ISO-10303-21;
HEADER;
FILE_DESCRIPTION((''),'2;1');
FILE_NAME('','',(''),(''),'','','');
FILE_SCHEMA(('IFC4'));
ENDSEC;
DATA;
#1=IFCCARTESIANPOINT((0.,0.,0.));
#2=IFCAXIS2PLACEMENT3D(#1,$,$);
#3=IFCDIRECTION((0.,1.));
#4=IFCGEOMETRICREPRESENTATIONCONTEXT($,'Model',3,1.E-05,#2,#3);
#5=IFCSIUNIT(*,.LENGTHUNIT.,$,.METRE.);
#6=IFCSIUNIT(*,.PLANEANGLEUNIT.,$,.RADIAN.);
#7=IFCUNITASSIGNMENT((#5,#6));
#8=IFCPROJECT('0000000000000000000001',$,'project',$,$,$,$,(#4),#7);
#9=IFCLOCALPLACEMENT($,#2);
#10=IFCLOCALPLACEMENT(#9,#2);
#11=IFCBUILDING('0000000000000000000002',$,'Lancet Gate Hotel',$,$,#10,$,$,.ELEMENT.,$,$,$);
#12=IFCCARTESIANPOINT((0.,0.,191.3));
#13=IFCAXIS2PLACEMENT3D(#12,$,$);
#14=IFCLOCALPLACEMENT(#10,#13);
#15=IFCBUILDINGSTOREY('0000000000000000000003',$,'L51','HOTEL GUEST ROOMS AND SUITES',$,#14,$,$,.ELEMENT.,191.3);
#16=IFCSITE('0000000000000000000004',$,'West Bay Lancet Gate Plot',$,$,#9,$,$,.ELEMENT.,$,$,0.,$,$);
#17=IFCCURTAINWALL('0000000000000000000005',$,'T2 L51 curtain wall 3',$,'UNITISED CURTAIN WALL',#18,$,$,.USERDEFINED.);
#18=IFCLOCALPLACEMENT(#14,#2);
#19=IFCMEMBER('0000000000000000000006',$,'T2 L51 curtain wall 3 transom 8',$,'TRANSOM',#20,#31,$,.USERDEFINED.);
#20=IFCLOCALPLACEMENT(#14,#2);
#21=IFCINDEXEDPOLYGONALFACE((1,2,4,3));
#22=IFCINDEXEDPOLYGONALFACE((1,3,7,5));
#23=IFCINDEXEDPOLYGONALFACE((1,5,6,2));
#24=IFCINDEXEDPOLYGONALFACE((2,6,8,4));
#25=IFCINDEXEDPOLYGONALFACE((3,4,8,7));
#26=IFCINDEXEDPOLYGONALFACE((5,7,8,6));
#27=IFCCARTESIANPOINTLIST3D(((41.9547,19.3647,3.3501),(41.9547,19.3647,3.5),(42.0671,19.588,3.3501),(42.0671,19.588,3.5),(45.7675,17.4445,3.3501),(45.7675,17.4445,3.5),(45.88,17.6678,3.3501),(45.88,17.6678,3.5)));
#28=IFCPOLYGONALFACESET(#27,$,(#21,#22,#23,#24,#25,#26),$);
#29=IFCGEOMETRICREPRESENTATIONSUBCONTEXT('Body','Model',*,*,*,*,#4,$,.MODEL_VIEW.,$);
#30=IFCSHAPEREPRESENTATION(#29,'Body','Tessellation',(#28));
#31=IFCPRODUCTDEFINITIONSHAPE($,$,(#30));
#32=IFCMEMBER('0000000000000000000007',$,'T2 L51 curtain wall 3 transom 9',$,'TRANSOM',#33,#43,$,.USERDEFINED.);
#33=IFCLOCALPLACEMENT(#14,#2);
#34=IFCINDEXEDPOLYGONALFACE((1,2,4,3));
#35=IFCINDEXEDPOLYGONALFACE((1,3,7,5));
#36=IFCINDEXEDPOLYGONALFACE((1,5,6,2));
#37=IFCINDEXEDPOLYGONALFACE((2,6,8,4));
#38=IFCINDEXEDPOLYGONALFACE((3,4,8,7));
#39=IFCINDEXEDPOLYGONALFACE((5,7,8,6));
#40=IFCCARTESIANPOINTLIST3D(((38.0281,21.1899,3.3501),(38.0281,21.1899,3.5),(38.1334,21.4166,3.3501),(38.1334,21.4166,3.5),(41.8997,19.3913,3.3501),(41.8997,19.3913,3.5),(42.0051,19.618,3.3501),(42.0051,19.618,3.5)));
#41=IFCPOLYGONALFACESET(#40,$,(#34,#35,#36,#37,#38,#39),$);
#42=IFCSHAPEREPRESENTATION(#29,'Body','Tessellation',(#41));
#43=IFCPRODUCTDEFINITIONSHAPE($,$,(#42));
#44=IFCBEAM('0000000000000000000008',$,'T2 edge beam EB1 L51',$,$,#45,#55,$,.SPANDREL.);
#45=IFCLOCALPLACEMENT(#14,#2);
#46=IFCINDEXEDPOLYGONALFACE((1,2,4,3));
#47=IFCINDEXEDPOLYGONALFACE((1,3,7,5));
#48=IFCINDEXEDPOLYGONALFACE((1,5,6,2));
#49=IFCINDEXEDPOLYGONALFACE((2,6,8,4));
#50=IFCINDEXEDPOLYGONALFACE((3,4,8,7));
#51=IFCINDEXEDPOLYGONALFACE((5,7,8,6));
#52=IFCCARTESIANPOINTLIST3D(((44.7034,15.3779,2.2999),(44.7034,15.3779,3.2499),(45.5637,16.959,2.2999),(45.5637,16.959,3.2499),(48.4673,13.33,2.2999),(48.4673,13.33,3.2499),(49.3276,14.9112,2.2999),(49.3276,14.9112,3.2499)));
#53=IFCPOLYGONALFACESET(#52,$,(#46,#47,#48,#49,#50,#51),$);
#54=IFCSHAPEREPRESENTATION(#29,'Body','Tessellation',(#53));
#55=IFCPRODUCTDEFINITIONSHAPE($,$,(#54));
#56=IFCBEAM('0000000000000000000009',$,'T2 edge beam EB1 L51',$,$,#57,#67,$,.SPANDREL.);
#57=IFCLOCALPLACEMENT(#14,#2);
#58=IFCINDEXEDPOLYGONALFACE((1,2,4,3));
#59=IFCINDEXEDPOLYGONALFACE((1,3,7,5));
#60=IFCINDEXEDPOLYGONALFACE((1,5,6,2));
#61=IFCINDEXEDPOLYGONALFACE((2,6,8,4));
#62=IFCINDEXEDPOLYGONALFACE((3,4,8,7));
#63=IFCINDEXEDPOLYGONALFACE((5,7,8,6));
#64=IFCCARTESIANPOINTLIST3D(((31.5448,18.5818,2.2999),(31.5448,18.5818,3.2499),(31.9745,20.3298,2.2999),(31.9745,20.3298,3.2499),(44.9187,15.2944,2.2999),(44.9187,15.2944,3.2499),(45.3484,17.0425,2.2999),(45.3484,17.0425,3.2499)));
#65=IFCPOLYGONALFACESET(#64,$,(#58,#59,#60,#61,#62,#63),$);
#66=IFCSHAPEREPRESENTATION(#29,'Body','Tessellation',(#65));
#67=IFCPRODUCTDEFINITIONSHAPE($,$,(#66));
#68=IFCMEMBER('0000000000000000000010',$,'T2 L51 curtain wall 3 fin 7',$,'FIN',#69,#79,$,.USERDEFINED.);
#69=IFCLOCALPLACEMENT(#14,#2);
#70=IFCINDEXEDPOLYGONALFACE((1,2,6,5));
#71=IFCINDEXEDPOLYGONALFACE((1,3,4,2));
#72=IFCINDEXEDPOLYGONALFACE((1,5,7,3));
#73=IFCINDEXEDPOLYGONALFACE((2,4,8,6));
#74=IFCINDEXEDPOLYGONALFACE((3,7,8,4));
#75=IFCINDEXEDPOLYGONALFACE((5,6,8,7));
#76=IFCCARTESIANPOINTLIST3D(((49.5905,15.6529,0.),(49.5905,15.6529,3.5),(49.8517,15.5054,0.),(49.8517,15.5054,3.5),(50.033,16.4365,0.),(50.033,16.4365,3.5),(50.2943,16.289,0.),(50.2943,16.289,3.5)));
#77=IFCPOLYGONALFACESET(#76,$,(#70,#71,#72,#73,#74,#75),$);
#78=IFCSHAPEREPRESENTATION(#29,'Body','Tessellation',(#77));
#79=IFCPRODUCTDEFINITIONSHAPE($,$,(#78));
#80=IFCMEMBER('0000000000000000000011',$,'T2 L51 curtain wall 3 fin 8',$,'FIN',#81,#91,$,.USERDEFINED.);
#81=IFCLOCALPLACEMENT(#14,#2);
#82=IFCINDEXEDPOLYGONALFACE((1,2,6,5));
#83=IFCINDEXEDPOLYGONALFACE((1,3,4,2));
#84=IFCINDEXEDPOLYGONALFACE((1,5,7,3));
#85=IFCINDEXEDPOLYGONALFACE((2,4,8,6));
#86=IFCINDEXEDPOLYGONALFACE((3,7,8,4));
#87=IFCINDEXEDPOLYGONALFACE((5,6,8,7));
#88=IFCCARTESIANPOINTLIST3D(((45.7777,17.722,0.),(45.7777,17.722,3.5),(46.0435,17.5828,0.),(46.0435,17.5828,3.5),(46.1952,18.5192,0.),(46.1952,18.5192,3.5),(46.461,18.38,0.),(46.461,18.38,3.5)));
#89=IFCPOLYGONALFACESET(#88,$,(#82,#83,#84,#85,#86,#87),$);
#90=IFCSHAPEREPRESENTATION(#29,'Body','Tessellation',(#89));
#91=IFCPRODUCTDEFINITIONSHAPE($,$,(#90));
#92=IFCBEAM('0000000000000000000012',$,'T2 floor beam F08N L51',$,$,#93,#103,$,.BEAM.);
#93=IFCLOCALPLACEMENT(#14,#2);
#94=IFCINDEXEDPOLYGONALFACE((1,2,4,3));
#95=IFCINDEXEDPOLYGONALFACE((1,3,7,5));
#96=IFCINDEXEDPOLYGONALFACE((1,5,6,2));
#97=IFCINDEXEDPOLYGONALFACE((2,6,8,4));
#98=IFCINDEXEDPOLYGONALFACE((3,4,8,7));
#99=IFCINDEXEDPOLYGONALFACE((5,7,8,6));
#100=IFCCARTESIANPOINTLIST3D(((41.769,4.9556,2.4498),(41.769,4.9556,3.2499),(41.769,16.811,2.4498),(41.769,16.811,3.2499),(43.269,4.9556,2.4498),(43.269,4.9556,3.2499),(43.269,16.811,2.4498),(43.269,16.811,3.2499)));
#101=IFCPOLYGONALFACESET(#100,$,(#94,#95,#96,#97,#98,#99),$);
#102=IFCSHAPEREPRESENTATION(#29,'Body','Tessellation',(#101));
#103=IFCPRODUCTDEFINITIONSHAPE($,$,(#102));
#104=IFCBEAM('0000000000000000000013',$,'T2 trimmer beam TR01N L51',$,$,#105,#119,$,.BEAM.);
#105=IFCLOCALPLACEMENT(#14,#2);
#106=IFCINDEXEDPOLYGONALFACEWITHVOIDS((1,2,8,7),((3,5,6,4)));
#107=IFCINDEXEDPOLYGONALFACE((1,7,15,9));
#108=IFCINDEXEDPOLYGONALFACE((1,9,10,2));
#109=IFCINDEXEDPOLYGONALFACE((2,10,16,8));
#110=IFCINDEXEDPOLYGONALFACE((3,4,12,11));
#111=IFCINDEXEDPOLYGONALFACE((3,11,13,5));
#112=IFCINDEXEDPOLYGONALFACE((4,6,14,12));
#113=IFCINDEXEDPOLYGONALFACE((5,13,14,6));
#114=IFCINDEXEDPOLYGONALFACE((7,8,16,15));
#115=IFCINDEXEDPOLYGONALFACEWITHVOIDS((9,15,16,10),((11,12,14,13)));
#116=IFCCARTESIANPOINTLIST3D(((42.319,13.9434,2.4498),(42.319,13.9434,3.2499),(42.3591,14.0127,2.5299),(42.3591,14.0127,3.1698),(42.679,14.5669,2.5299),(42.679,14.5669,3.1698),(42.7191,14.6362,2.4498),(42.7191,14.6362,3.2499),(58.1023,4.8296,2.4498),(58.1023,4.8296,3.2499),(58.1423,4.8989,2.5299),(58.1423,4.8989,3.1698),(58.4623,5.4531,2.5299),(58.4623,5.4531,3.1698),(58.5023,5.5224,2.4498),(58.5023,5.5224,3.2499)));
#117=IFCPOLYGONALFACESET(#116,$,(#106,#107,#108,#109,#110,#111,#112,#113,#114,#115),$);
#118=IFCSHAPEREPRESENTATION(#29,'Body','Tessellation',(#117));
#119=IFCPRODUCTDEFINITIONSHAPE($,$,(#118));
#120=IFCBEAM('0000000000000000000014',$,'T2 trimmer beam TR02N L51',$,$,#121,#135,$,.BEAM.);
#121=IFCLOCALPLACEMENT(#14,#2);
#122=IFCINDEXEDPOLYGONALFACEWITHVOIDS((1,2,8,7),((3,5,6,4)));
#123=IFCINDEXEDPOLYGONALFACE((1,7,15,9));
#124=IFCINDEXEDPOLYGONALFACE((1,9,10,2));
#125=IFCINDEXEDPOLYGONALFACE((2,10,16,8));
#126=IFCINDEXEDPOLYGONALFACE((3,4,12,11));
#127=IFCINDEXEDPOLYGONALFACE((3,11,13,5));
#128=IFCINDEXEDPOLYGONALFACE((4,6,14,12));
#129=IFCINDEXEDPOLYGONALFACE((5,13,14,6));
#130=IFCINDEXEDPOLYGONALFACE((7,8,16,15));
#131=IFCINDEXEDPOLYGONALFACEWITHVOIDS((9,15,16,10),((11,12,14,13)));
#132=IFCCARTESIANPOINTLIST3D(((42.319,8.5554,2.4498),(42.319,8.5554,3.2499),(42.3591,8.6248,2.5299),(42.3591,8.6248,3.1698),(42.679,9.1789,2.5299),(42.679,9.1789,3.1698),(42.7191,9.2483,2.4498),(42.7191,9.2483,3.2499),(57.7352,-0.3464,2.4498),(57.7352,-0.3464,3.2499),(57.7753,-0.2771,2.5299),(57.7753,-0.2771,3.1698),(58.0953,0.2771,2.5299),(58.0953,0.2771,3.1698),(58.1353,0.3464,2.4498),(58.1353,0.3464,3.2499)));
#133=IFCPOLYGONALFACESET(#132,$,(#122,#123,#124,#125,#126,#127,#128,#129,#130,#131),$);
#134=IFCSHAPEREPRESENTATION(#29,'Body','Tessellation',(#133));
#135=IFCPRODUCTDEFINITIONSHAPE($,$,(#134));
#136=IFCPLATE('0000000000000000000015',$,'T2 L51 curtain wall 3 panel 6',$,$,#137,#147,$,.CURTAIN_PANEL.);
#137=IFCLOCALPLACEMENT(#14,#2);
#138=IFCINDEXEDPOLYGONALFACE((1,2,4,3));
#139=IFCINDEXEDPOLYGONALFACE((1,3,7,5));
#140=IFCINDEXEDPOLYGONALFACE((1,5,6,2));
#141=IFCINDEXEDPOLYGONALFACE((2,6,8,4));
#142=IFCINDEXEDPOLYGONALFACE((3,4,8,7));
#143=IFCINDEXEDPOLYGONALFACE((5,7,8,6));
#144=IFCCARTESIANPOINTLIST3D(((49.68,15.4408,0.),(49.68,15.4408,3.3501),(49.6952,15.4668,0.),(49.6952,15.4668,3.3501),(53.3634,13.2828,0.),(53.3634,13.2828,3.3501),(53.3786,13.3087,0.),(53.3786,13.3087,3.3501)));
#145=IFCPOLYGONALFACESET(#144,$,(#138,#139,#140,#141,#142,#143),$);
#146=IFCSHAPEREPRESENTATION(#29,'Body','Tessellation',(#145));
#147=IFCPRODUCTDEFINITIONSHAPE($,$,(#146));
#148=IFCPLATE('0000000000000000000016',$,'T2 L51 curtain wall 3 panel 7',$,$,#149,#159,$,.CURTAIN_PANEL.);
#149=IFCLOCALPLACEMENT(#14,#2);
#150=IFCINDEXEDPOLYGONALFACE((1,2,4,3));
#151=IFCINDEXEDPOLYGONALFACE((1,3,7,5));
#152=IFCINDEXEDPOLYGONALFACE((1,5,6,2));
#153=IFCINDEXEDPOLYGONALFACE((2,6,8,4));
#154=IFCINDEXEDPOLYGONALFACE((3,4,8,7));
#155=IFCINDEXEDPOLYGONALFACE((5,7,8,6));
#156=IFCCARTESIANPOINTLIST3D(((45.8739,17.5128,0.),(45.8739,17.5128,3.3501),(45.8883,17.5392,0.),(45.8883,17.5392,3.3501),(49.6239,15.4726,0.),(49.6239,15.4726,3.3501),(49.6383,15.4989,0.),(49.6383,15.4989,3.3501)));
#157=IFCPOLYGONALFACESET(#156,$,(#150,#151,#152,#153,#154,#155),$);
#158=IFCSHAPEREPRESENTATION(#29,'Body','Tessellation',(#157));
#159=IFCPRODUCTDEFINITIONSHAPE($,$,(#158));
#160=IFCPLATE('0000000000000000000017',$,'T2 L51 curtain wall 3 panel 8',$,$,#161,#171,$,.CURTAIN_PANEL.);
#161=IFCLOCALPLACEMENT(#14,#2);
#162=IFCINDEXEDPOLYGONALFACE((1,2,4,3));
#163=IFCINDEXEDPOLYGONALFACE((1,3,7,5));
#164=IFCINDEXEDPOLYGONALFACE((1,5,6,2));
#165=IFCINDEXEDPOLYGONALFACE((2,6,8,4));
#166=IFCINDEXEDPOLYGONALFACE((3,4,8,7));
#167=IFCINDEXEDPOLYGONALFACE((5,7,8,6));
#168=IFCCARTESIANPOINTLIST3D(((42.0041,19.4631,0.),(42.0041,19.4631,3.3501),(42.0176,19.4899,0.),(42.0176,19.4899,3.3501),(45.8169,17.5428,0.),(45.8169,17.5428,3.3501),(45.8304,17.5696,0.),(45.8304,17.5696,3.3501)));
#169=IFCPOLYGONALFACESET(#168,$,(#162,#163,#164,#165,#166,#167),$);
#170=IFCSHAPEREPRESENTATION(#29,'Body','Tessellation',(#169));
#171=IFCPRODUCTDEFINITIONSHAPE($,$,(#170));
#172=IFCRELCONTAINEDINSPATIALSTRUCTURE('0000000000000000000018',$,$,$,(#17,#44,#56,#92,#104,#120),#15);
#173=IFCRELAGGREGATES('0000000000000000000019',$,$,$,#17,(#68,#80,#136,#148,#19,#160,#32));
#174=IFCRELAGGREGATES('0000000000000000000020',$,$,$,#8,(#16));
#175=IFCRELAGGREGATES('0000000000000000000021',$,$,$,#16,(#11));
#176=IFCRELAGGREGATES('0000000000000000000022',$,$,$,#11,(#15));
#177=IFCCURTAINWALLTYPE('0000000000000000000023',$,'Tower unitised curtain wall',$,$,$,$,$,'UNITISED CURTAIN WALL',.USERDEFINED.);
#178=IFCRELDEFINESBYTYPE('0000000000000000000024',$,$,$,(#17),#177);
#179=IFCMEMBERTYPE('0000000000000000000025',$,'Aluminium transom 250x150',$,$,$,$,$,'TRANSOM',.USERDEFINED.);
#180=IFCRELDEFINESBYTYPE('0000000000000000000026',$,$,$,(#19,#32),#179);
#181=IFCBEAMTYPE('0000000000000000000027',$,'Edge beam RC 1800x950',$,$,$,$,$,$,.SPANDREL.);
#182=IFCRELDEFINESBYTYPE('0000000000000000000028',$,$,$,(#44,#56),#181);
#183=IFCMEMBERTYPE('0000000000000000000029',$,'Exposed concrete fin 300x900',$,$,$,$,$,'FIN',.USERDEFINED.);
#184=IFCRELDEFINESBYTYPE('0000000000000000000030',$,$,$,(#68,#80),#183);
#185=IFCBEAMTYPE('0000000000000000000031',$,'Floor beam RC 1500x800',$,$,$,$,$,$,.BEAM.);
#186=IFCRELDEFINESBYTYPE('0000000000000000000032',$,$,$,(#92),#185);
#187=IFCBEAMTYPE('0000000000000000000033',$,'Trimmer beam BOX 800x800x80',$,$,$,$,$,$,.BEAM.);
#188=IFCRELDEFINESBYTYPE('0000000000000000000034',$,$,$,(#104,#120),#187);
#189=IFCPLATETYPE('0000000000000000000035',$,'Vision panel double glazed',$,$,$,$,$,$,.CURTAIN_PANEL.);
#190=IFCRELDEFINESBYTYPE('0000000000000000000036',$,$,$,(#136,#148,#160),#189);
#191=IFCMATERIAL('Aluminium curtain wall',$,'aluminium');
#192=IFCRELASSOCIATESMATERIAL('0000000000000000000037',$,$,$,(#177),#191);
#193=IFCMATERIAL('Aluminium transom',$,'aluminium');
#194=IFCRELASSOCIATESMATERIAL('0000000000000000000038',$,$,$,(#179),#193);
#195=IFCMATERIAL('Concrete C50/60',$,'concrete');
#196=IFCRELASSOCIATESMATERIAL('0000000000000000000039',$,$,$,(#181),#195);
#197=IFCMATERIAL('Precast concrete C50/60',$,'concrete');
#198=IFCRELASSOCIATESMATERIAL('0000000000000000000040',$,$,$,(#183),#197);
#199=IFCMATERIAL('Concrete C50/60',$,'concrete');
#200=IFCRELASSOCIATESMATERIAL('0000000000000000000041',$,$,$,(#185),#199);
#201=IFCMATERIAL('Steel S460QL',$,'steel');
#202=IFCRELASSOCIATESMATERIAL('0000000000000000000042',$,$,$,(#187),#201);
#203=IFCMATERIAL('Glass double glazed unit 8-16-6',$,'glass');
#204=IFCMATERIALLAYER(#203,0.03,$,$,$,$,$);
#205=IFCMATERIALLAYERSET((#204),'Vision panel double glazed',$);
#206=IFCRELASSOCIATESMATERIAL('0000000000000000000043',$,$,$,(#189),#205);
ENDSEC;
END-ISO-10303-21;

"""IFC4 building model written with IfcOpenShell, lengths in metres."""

from ifc_helpers import new_model, si_unit, direction, frame, origin, origin_2d, place, context, subcontext, project, spatial, rectangle, hollow_rectangle, extrude, material, layer, layer_set, material_profile, profile_set, type_object, element, aggregate, save


model = new_model("IFC4")

# Units and contexts
model_context = context("Model", 3, precision=1e-05, world=origin(), true_north=direction((0.0, 1.0)))
body_context = subcontext(model_context, "Body", "Model", "MODEL_VIEW")
ifc_project = project(units=[si_unit("LENGTHUNIT", "METRE"), si_unit("PLANEANGLEUNIT", "RADIAN")], contexts=[model_context])

# Site, building, storey
site_placement = place(None, origin())
site = spatial("IfcSite", under=ifc_project, at=site_placement, Name="West Bay Lancet Gate Plot", CompositionType="ELEMENT", RefElevation=0.0)
building_placement = place(site_placement, origin())
building = spatial("IfcBuilding", under=site, at=building_placement, Name="Lancet Gate Hotel", CompositionType="ELEMENT")
storey_placement = place(building_placement, frame((0.0, 0.0, 191.3)))
storey = spatial("IfcBuildingStorey", under=building, at=storey_placement, Name="L51", Description="HOTEL GUEST ROOMS AND SUITES", CompositionType="ELEMENT", Elevation=191.3)

# Curtain wall, members
ifc_material_1 = material(Name="Aluminium curtain wall", Category="aluminium")
curtain_wall_type = type_object("IfcCurtainWallType", Name="Tower unitised curtain wall", ElementType="UNITISED CURTAIN WALL", PredefinedType="USERDEFINED", material=ifc_material_1)
curtain_wall_placement = place(storey_placement, origin())
curtain_wall = element("IfcCurtainWall", 1, at=curtain_wall_placement, inside=storey, type_object=curtain_wall_type, Name="T2 L51 curtain wall 3", ObjectType="UNITISED CURTAIN WALL", PredefinedType="USERDEFINED")
ifc_material_2 = material(Name="Aluminium transom", Category="aluminium")
ifc_material_profile_1 = material_profile(ifc_material_2, rectangle(XDim=0.25, YDim=0.1499, at=origin_2d()), Name="TRANSOM 250x150")
ifc_profile_set_1 = profile_set([ifc_material_profile_1], Name="Aluminium transom")
member_type_1 = type_object("IfcMemberType", Name="Aluminium transom 250x150", ElementType="TRANSOM", PredefinedType="USERDEFINED", material=ifc_profile_set_1)
member_1_placement = place(storey_placement, frame((45.8237, 17.5562, 3.425), z_axis=(-0.893131, 0.449797, 0.0), x_axis=(-0.449797, -0.893131, 0.0)))
member_1 = element("IfcMember", 2, at=member_1_placement, type_object=member_type_1, Name="T2 L51 curtain wall 3 transom 8", ObjectType="TRANSOM", PredefinedType="USERDEFINED", context=body_context, shape_type="SweptSolid", body=[
    extrude(rectangle(XDim=0.25, YDim=0.1499, at=origin_2d()), origin(), (0.0, 0.0, 1.0), 4.269),
])
member_2_placement = place(storey_placement, frame((41.9524, 19.5046, 3.425), z_axis=(-0.906914, 0.421316, 0.0), x_axis=(-0.421316, -0.906914, 0.0)))
member_2 = element("IfcMember", 3, at=member_2_placement, type_object=member_type_1, Name="T2 L51 curtain wall 3 transom 9", ObjectType="TRANSOM", PredefinedType="USERDEFINED", context=body_context, shape_type="SweptSolid", body=[
    extrude(rectangle(XDim=0.25, YDim=0.1499, at=origin_2d()), origin(), (0.0, 0.0, 1.0), 4.269),
])

# Beams
ifc_material_3 = material(Name="Concrete C50/60", Category="concrete")
ifc_material_profile_2 = material_profile(ifc_material_3, rectangle(XDim=1.8, YDim=0.95, at=origin_2d()), Name="RC 1800x950")
ifc_profile_set_2 = profile_set([ifc_material_profile_2], Name="Concrete C50/60")
beam_type_1 = type_object("IfcBeamType", Name="Edge beam RC 1800x950", PredefinedType="SPANDREL", material=ifc_profile_set_2)
beam_1_placement = place(storey_placement, frame((48.8975, 14.1206, 2.7749), z_axis=(-0.878405, 0.477918, 0.0), x_axis=(-0.477918, -0.878405, 0.0)))
element("IfcBeam", 4, at=beam_1_placement, inside=storey, type_object=beam_type_1, Name="T2 edge beam EB1 L51", PredefinedType="SPANDREL", context=body_context, shape_type="SweptSolid", body=[
    extrude(rectangle(XDim=1.8, YDim=0.95, at=origin_2d()), origin(), (0.0, 0.0, 1.0), 4.2849),
])
beam_2_placement = place(storey_placement, frame((45.1335, 16.1685, 2.7749), z_axis=(-0.971093, 0.2387, 0.0), x_axis=(-0.2387, -0.971093, 0.0)))
element("IfcBeam", 5, at=beam_2_placement, inside=storey, type_object=beam_type_1, Name="T2 edge beam EB1 L51", PredefinedType="SPANDREL", context=body_context, shape_type="SweptSolid", body=[
    extrude(rectangle(XDim=1.8, YDim=0.95, at=origin_2d()), origin(), (0.0, 0.0, 1.0), 13.772),
])

# Members
ifc_material_4 = material(Name="Precast concrete C50/60", Category="concrete")
ifc_material_profile_3 = material_profile(ifc_material_4, rectangle(XDim=0.3, YDim=0.8999, at=origin_2d()), Name="FIN 300x900")
ifc_profile_set_3 = profile_set([ifc_material_profile_3], Name="Precast concrete C50/60")
member_type_2 = type_object("IfcMemberType", Name="Exposed concrete fin 300x900", ElementType="FIN", PredefinedType="USERDEFINED", material=ifc_profile_set_3)
member_3_placement = place(storey_placement, frame((49.9424, 15.9709, 0.0), z_axis=(0.0, 0.0, 1.0), x_axis=(-0.870722, 0.491776, 0.0)))
member_3 = element("IfcMember", 6, at=member_3_placement, type_object=member_type_2, Name="T2 L51 curtain wall 3 fin 7", ObjectType="FIN", PredefinedType="USERDEFINED", context=body_context, shape_type="SweptSolid", body=[
    extrude(rectangle(XDim=0.3, YDim=0.8999, at=origin_2d()), origin(), (0.0, 0.0, 1.0), 3.5),
])
member_4_placement = place(storey_placement, frame((46.1194, 18.051, 0.0), z_axis=(0.0, 0.0, 1.0), x_axis=(-0.885877, 0.46392, 0.0)))
member_4 = element("IfcMember", 7, at=member_4_placement, type_object=member_type_2, Name="T2 L51 curtain wall 3 fin 8", ObjectType="FIN", PredefinedType="USERDEFINED", context=body_context, shape_type="SweptSolid", body=[
    extrude(rectangle(XDim=0.3, YDim=0.8999, at=origin_2d()), origin(), (0.0, 0.0, 1.0), 3.5),
])

# Beams
ifc_material_5 = material(Name="Concrete C50/60", Category="concrete")
ifc_material_profile_4 = material_profile(ifc_material_5, rectangle(XDim=1.5, YDim=0.8, at=origin_2d()), Name="RC 1500x800")
ifc_profile_set_4 = profile_set([ifc_material_profile_4], Name="Concrete C50/60")
beam_type_2 = type_object("IfcBeamType", Name="Floor beam RC 1500x800", PredefinedType="BEAM", material=ifc_profile_set_4)
beam_3_placement = place(storey_placement, frame((42.519, 4.9556, 2.8499), z_axis=(0.0, 1.0, 0.0), x_axis=(-1.0, 0.0, 0.0)))
element("IfcBeam", 8, at=beam_3_placement, inside=storey, type_object=beam_type_2, Name="T2 floor beam F08N L51", PredefinedType="BEAM", context=body_context, shape_type="SweptSolid", body=[
    extrude(rectangle(XDim=1.5, YDim=0.8, at=origin_2d()), origin(), (0.0, 0.0, 1.0), 11.8555),
])
ifc_material_6 = material(Name="Steel S460QL", Category="steel")
ifc_material_profile_5 = material_profile(ifc_material_6, hollow_rectangle(XDim=0.8, YDim=0.8, WallThickness=0.0801, at=origin_2d()), Name="BOX 800x800x80")
ifc_profile_set_5 = profile_set([ifc_material_profile_5], Name="Steel S460QL")
beam_type_3 = type_object("IfcBeamType", Name="Trimmer beam BOX 800x800x80", PredefinedType="BEAM", material=ifc_profile_set_5)
beam_4_placement = place(storey_placement, frame((42.519, 14.2898, 2.8499), z_axis=(0.865994, -0.500055, 0.0), x_axis=(0.500055, 0.865994, 0.0)))
element("IfcBeam", 9, at=beam_4_placement, inside=storey, type_object=beam_type_3, Name="T2 trimmer beam TR01N L51", PredefinedType="BEAM", context=body_context, shape_type="SweptSolid", body=[
    extrude(hollow_rectangle(XDim=0.8, YDim=0.8, WallThickness=0.0801, at=origin_2d()), origin(), (0.0, 0.0, 1.0), 18.2256),
])
beam_5_placement = place(storey_placement, frame((42.519, 8.9019, 2.8499), z_axis=(0.865994, -0.500054, 0.0), x_axis=(0.500054, 0.865994, 0.0)))
element("IfcBeam", 10, at=beam_5_placement, inside=storey, type_object=beam_type_3, Name="T2 trimmer beam TR02N L51", PredefinedType="BEAM", context=body_context, shape_type="SweptSolid", body=[
    extrude(hollow_rectangle(XDim=0.8, YDim=0.8, WallThickness=0.0801, at=origin_2d()), origin(), (0.0, 0.0, 1.0), 17.8018),
])

# Plates
ifc_material_7 = material(Name="Glass double glazed unit 8-16-6", Category="glass")
ifc_layer_1 = layer(ifc_material_7, 0.03)
ifc_layer_set_1 = layer_set([ifc_layer_1], Name="Vision panel double glazed")
plate_type = type_object("IfcPlateType", Name="Vision panel double glazed", PredefinedType="CURTAIN_PANEL", material=ifc_layer_set_1)
plate_1_placement = place(storey_placement, frame((51.5293, 14.3748, 0.0), z_axis=(0.0, 0.0, 1.0), x_axis=(-0.862815, 0.50552, 0.0)))
plate_1 = element("IfcPlate", 11, at=plate_1_placement, type_object=plate_type, Name="T2 L51 curtain wall 3 panel 6", PredefinedType="CURTAIN_PANEL", context=body_context, shape_type="SweptSolid", body=[
    extrude(rectangle(XDim=4.269, YDim=0.03, at=origin_2d()), origin(), (0.0, 0.0, 1.0), 3.3501),
])
plate_2_placement = place(storey_placement, frame((47.7561, 16.5059, 0.0), z_axis=(0.0, 0.0, 1.0), x_axis=(-0.87841, 0.477908, 0.0)))
plate_2 = element("IfcPlate", 12, at=plate_2_placement, type_object=plate_type, Name="T2 L51 curtain wall 3 panel 7", PredefinedType="CURTAIN_PANEL", context=body_context, shape_type="SweptSolid", body=[
    extrude(rectangle(XDim=4.269, YDim=0.03, at=origin_2d()), origin(), (0.0, 0.0, 1.0), 3.3501),
])
plate_3_placement = place(storey_placement, frame((43.9172, 18.5164, 0.0), z_axis=(0.0, 0.0, 1.0), x_axis=(-0.893121, 0.449816, 0.0)))
plate_3 = element("IfcPlate", 13, at=plate_3_placement, type_object=plate_type, Name="T2 L51 curtain wall 3 panel 8", PredefinedType="CURTAIN_PANEL", context=body_context, shape_type="SweptSolid", body=[
    extrude(rectangle(XDim=4.269, YDim=0.03, at=origin_2d()), origin(), (0.0, 0.0, 1.0), 3.3501),
])
aggregate(curtain_wall, [member_3, member_4, plate_1, plate_2, member_1, plate_3, member_2])

save(model, "model.ifc")
